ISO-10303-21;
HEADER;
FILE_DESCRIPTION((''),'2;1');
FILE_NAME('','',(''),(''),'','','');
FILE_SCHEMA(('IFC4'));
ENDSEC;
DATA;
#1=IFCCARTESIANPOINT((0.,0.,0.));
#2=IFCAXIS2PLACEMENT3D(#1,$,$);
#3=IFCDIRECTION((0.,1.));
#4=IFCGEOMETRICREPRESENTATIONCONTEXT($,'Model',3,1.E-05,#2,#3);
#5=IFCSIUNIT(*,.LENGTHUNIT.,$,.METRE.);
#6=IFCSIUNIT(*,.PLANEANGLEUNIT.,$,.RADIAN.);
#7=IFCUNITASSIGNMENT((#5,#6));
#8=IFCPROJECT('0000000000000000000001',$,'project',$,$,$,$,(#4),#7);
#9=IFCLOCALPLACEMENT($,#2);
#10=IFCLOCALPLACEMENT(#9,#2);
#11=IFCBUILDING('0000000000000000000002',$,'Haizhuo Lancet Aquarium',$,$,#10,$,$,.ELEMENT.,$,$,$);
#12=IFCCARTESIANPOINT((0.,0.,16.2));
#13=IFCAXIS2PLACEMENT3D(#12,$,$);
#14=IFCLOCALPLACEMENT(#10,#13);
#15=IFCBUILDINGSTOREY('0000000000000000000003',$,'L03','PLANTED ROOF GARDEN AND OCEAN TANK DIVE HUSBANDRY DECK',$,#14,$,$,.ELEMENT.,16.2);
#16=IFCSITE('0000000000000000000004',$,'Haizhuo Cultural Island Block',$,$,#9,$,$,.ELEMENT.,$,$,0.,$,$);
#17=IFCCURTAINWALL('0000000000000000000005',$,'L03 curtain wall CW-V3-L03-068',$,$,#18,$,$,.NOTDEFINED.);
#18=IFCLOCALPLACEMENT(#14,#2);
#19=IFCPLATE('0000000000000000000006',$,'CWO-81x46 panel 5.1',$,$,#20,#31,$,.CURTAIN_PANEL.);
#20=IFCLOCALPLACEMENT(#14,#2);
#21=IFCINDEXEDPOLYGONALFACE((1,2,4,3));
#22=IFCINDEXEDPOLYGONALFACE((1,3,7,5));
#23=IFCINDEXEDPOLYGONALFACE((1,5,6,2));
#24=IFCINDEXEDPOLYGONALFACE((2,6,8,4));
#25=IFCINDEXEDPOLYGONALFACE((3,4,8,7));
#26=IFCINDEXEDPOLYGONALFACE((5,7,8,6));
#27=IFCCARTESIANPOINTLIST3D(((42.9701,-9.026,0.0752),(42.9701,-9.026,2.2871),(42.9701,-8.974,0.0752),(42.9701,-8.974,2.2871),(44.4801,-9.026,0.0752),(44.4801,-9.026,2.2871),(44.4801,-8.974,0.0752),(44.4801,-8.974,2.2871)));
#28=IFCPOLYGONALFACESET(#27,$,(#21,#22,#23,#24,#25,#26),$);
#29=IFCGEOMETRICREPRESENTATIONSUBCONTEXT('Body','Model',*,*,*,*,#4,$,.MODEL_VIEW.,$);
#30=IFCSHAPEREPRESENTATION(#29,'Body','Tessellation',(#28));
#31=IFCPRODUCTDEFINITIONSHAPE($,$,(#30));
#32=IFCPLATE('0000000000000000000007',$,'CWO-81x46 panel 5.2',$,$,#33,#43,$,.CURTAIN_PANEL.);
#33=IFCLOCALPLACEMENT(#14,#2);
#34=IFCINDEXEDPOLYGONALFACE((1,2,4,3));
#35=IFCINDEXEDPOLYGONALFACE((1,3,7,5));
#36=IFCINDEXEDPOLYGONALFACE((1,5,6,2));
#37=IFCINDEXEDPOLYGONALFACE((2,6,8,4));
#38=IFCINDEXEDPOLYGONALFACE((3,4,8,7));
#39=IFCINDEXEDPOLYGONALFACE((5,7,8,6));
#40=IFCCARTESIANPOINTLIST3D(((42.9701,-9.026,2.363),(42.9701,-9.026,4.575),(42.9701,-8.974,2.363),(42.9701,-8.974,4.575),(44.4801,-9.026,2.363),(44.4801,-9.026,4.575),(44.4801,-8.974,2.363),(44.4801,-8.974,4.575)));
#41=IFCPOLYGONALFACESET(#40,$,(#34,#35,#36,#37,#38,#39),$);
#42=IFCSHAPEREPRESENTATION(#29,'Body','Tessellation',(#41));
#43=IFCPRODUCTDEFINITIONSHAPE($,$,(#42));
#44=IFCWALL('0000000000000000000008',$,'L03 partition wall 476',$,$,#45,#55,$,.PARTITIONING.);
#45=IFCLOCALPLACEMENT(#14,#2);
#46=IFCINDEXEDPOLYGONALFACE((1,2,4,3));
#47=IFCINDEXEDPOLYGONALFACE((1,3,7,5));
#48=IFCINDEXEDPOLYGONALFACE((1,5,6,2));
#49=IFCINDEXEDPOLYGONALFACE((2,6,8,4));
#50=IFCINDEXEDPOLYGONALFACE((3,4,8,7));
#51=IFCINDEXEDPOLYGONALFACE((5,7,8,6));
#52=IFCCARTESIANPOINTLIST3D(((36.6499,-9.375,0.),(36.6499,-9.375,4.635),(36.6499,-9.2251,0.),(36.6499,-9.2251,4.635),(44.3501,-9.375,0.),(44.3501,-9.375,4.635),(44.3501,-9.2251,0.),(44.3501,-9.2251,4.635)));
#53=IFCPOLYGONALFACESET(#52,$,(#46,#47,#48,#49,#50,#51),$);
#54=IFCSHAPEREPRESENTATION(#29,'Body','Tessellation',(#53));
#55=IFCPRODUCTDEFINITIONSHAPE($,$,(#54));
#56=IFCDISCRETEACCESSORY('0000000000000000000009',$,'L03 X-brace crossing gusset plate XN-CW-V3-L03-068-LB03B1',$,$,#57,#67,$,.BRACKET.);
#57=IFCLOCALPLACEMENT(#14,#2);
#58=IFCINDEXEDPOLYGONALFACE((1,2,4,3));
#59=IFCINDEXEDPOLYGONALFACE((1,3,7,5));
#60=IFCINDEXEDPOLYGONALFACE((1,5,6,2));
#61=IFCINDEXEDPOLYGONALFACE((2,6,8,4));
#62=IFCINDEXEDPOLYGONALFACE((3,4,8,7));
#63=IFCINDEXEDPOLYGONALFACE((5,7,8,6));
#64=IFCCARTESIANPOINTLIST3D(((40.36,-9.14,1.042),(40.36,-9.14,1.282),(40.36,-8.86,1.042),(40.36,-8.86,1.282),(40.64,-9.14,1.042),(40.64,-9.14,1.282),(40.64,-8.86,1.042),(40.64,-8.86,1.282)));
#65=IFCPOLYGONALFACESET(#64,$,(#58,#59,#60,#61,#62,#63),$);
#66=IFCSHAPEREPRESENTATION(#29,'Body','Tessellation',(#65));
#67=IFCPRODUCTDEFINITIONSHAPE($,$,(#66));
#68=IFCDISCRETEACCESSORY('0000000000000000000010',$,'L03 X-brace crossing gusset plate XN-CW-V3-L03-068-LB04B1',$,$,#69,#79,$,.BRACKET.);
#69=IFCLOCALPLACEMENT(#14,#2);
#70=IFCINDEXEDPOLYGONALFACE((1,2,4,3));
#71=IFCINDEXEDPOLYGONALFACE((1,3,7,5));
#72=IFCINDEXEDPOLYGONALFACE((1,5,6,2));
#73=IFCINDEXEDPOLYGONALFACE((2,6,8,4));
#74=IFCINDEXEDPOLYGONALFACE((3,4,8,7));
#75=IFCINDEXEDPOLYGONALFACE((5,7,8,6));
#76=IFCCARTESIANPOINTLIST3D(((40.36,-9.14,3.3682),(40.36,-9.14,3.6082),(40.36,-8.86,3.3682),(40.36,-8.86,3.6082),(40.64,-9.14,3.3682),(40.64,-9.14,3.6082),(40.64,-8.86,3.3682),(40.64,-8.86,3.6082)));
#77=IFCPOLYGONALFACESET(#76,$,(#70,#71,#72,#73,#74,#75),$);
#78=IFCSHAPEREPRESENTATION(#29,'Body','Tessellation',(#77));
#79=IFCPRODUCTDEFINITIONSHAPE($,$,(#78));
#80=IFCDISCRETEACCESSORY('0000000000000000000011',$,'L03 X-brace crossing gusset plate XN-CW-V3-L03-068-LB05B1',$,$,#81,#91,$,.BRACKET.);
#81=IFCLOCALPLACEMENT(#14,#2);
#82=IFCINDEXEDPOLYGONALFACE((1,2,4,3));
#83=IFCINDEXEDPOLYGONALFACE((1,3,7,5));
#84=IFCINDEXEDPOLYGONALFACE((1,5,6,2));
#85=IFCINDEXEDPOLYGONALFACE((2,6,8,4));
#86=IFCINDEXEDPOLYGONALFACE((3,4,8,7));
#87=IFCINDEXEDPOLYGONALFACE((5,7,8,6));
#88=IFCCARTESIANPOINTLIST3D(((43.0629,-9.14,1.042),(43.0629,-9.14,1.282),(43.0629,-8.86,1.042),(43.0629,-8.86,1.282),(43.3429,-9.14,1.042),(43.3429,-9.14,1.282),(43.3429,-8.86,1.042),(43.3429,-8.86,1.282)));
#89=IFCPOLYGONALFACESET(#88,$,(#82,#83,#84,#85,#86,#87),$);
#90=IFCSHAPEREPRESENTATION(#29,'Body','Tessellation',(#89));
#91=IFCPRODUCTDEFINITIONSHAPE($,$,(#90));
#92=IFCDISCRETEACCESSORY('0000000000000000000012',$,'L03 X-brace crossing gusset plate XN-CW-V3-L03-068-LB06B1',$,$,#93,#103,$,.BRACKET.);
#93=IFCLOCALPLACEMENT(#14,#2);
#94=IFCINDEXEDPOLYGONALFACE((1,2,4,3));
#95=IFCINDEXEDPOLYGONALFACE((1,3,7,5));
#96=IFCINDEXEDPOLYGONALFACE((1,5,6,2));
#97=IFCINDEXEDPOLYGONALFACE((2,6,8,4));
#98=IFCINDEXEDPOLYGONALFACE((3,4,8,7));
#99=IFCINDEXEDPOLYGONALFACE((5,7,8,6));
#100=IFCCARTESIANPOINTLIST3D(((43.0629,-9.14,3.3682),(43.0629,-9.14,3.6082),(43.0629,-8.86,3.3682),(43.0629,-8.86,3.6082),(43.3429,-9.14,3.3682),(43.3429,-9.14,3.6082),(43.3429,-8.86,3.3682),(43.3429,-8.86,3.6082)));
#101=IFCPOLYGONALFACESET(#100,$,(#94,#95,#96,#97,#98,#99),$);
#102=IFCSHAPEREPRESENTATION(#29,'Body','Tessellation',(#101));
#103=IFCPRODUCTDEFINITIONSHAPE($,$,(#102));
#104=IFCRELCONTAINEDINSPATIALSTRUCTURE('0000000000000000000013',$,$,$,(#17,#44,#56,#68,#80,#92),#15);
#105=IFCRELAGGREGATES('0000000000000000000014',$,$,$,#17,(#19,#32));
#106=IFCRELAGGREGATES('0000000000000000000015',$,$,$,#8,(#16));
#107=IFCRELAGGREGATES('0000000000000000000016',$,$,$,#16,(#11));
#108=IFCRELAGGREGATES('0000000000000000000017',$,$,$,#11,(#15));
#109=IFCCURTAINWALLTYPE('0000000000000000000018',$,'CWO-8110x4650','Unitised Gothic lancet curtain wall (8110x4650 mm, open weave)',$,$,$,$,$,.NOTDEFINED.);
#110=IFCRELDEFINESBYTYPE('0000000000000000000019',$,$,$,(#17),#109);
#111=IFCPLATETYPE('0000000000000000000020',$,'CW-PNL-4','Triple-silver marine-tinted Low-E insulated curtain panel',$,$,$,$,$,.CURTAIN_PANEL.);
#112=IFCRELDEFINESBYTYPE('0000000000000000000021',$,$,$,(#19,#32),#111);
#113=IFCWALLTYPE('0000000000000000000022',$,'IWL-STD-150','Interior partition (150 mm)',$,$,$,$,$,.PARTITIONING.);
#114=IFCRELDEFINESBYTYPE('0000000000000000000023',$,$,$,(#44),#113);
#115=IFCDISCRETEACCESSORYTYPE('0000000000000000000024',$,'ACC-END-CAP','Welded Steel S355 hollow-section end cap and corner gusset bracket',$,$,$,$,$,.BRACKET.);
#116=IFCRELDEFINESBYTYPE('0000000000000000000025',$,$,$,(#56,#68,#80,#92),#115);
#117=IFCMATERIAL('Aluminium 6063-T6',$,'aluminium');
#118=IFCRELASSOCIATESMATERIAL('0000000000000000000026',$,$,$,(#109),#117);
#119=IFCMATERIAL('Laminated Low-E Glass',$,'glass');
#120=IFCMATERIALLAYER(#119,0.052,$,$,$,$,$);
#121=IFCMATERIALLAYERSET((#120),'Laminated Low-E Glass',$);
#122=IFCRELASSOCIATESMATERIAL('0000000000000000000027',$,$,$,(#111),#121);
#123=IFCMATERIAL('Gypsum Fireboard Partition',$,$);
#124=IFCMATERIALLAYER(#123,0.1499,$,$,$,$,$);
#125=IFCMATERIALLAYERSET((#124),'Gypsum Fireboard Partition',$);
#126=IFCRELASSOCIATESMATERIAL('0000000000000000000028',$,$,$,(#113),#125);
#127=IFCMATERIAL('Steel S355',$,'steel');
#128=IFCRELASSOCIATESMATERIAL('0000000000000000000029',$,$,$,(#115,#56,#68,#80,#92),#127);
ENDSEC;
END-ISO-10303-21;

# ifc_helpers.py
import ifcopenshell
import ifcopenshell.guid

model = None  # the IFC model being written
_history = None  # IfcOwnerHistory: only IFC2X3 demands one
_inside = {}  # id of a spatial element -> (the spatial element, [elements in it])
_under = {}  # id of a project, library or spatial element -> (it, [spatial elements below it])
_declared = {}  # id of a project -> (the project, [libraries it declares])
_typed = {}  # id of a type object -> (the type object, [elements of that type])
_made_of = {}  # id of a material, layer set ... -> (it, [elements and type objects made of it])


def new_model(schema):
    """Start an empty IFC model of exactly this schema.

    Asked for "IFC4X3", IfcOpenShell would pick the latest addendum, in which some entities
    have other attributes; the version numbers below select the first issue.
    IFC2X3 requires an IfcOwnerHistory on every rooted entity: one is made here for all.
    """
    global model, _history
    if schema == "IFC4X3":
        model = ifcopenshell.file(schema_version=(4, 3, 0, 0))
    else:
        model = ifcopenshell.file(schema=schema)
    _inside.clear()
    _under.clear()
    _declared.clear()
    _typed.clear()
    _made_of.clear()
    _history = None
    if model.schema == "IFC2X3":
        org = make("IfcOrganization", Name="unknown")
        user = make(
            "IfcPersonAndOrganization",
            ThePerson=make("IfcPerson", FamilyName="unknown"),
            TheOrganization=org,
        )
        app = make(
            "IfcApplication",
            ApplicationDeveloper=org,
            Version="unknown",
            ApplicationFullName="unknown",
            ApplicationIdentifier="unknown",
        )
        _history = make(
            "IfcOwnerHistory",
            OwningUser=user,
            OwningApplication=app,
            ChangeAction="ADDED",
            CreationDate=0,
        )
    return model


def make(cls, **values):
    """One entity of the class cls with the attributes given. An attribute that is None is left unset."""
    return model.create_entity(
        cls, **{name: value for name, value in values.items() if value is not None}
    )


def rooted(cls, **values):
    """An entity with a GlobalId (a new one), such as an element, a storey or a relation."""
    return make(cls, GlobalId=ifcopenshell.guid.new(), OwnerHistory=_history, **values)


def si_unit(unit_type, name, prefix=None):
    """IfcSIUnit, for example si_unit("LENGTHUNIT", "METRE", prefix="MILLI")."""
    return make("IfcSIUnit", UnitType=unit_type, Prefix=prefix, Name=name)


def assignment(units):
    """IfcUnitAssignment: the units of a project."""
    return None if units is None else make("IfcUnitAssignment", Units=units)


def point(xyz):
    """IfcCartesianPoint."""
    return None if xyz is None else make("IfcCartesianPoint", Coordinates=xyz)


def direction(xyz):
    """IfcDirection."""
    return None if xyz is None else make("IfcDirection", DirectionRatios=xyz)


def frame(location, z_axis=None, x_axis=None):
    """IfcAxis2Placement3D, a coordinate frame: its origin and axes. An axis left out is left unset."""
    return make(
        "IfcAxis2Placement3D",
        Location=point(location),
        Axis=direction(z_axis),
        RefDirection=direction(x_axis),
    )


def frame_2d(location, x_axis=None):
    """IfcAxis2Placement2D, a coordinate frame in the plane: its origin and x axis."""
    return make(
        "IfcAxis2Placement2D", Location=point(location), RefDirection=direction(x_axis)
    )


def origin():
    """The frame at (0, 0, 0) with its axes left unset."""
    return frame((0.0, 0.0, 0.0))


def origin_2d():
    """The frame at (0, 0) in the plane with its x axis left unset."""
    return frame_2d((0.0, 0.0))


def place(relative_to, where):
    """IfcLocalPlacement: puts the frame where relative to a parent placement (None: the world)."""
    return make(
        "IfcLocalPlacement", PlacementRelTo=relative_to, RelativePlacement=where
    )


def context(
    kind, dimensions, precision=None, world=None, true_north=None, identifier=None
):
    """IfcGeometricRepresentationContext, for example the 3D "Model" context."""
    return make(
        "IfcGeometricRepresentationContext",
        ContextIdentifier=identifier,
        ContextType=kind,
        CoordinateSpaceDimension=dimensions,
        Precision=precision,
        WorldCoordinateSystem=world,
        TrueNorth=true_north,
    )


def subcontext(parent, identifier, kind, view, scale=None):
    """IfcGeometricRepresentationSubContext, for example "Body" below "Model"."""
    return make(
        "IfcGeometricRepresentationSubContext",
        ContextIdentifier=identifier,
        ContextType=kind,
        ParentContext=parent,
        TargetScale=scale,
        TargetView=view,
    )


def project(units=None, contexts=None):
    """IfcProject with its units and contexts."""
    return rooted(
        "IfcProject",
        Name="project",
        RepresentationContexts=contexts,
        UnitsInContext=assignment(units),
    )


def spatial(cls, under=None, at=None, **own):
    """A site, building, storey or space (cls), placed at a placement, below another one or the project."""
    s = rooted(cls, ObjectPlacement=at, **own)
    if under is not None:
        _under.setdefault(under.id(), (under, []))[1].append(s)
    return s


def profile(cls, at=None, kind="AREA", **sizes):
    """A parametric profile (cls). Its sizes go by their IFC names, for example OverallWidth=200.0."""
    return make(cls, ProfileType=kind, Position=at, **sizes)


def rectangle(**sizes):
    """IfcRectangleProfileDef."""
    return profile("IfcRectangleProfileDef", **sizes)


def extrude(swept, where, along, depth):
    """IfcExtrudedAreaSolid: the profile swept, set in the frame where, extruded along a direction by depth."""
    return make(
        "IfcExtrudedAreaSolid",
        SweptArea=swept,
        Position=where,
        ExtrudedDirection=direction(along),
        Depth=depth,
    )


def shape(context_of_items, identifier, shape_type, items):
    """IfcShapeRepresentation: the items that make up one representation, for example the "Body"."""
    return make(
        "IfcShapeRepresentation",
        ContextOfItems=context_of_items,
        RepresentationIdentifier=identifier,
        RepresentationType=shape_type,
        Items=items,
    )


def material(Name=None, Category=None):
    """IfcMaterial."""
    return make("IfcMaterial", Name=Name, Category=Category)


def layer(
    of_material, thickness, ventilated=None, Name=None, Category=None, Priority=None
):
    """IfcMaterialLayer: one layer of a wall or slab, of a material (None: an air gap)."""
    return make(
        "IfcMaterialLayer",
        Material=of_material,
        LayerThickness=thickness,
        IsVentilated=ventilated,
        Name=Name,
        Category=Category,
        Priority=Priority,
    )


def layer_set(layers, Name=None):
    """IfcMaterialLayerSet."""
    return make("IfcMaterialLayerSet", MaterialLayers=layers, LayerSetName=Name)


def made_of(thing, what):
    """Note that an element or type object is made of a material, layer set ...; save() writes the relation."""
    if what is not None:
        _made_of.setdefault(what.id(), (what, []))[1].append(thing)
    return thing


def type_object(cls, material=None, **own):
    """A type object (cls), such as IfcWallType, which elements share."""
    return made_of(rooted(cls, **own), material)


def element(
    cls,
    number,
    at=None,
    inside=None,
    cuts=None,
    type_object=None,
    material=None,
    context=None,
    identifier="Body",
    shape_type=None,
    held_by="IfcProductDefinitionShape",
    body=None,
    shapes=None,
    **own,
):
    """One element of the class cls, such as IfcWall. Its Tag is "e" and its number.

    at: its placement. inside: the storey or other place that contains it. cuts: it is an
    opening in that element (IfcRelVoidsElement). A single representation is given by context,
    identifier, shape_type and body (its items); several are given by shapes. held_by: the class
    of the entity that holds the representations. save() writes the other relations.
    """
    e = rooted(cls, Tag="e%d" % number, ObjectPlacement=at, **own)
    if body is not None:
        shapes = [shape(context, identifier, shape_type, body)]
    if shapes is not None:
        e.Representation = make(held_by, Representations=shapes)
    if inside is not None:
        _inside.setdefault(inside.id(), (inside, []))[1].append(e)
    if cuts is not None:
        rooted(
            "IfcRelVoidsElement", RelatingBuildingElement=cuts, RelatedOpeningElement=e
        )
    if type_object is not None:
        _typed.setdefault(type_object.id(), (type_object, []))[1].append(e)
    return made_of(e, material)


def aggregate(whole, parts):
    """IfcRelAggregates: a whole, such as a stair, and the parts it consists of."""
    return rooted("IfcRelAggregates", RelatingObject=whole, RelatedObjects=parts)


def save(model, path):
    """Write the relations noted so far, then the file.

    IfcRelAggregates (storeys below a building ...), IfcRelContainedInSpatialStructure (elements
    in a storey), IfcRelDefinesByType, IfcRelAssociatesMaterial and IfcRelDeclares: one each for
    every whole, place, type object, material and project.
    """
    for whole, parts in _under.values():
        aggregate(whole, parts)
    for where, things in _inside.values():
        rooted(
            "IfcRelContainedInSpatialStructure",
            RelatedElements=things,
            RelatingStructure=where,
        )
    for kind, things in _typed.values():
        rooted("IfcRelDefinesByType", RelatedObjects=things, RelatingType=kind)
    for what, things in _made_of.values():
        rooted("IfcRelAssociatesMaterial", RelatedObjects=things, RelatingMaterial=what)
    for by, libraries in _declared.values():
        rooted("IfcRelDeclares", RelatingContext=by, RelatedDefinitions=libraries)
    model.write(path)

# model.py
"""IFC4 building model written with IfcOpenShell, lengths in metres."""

from ifc_helpers import new_model, si_unit, direction, frame, frame_2d, origin, origin_2d, place, context, subcontext, project, spatial, rectangle, extrude, material, layer, layer_set, type_object, element, aggregate, save


model = new_model("IFC4")

# Units and contexts
model_context = context("Model", 3, precision=1e-05, world=origin(), true_north=direction((0.0, 1.0)))
body_context = subcontext(model_context, "Body", "Model", "MODEL_VIEW")
ifc_project = project(units=[si_unit("LENGTHUNIT", "METRE"), si_unit("PLANEANGLEUNIT", "RADIAN")], contexts=[model_context])

# Site, building, storey
site_placement = place(None, origin())
site = spatial("IfcSite", under=ifc_project, at=site_placement, Name="Haizhuo Cultural Island Block", CompositionType="ELEMENT", RefElevation=0.0)
building_placement = place(site_placement, origin())
building = spatial("IfcBuilding", under=site, at=building_placement, Name="Haizhuo Lancet Aquarium", CompositionType="ELEMENT")
storey_placement = place(building_placement, frame((0.0, 0.0, 16.2)))
storey = spatial("IfcBuildingStorey", under=building, at=storey_placement, Name="L03", Description="PLANTED ROOF GARDEN AND OCEAN TANK DIVE HUSBANDRY DECK", CompositionType="ELEMENT", Elevation=16.2)

# Curtain wall
ifc_material_1 = material(Name="Aluminium 6063-T6", Category="aluminium")
curtain_wall_type = type_object("IfcCurtainWallType", Name="CWO-8110x4650", Description="Unitised Gothic lancet curtain wall (8110x4650 mm, open weave)", PredefinedType="NOTDEFINED", material=ifc_material_1)
curtain_wall_placement = place(storey_placement, origin())
curtain_wall = element("IfcCurtainWall", 1, at=curtain_wall_placement, inside=storey, type_object=curtain_wall_type, Name="L03 curtain wall CW-V3-L03-068", PredefinedType="NOTDEFINED")

# Shared definitions
ifc_material_2 = material(Name="Steel S355", Category="steel")

# Plates
ifc_material_3 = material(Name="Laminated Low-E Glass", Category="glass")
ifc_layer_1 = layer(ifc_material_3, 0.052)
ifc_layer_set_1 = layer_set([ifc_layer_1], Name="Laminated Low-E Glass")
plate_type = type_object("IfcPlateType", Name="CW-PNL-4", Description="Triple-silver marine-tinted Low-E insulated curtain panel", PredefinedType="CURTAIN_PANEL", material=ifc_layer_set_1)
plate_1_placement = place(storey_placement, frame((43.7251, -9.0, 0.0752), z_axis=(0.0, 0.0, 1.0), x_axis=(1.0, 0.0, 0.0)))
plate_1 = element("IfcPlate", 2, at=plate_1_placement, type_object=plate_type, Name="CWO-81x46 panel 5.1", PredefinedType="CURTAIN_PANEL", context=body_context, shape_type="SweptSolid", body=[
    extrude(rectangle(XDim=1.51, YDim=0.052, at=origin_2d()), origin(), (0.0, 0.0, 1.0), 2.2119),
])
plate_2_placement = place(storey_placement, frame((43.7251, -9.0, 2.363), z_axis=(0.0, 0.0, 1.0), x_axis=(1.0, 0.0, 0.0)))
plate_2 = element("IfcPlate", 3, at=plate_2_placement, type_object=plate_type, Name="CWO-81x46 panel 5.2", PredefinedType="CURTAIN_PANEL", context=body_context, shape_type="SweptSolid", body=[
    extrude(rectangle(XDim=1.51, YDim=0.052, at=origin_2d()), origin(), (0.0, 0.0, 1.0), 2.2119),
])
aggregate(curtain_wall, [plate_1, plate_2])

# Wall
ifc_material_4 = material(Name="Gypsum Fireboard Partition")
ifc_layer_2 = layer(ifc_material_4, 0.1499)
ifc_layer_set_2 = layer_set([ifc_layer_2], Name="Gypsum Fireboard Partition")
wall_type = type_object("IfcWallType", Name="IWL-STD-150", Description="Interior partition (150 mm)", PredefinedType="PARTITIONING", material=ifc_layer_set_2)
wall_placement = place(storey_placement, frame((44.3501, -9.3, 0.0), z_axis=(0.0, 0.0, 1.0), x_axis=(-1.0, 0.0, 0.0)))
element("IfcWall", 4, at=wall_placement, inside=storey, type_object=wall_type, Name="L03 partition wall 476", PredefinedType="PARTITIONING", context=body_context, shape_type="SweptSolid", body=[
    extrude(rectangle(XDim=7.7002, YDim=0.1499, at=frame_2d((3.8501, 0.0))), origin(), (0.0, 0.0, 1.0), 4.635),
])

# Discrete accessories
discrete_accessory_type = type_object("IfcDiscreteAccessoryType", Name="ACC-END-CAP", Description="Welded Steel S355 hollow-section end cap and corner gusset bracket", PredefinedType="BRACKET", material=ifc_material_2)
for number, where, z_axis, x_axis, name in (
    (5, (40.5, -9.0, 1.042), (0.0, 0.0, 1.0), (1.0, 0.0, 0.0), "L03 X-brace crossing gusset plate XN-CW-V3-L03-068-LB03B1"),
    (6, (40.5, -9.0, 3.3682), (0.0, 0.0, 1.0), (1.0, 0.0, 0.0), "L03 X-brace crossing gusset plate XN-CW-V3-L03-068-LB04B1"),
    (7, (43.2029, -9.0, 1.042), (0.0, 0.0, 1.0), (1.0, 0.0, 0.0), "L03 X-brace crossing gusset plate XN-CW-V3-L03-068-LB05B1"),
    (8, (43.2029, -9.0, 3.3682), (0.0, 0.0, 1.0), (1.0, 0.0, 0.0), "L03 X-brace crossing gusset plate XN-CW-V3-L03-068-LB06B1"),
):
    element("IfcDiscreteAccessory", number, at=place(storey_placement, frame(where, z_axis=z_axis, x_axis=x_axis)), inside=storey, type_object=discrete_accessory_type, material=ifc_material_2, Name=name, PredefinedType="BRACKET", context=body_context, shape_type="SweptSolid", body=[
        extrude(rectangle(XDim=0.28, YDim=0.28, at=origin_2d()), origin(), (0.0, 0.0, 1.0), 0.24),
    ])

save(model, "model.ifc")
